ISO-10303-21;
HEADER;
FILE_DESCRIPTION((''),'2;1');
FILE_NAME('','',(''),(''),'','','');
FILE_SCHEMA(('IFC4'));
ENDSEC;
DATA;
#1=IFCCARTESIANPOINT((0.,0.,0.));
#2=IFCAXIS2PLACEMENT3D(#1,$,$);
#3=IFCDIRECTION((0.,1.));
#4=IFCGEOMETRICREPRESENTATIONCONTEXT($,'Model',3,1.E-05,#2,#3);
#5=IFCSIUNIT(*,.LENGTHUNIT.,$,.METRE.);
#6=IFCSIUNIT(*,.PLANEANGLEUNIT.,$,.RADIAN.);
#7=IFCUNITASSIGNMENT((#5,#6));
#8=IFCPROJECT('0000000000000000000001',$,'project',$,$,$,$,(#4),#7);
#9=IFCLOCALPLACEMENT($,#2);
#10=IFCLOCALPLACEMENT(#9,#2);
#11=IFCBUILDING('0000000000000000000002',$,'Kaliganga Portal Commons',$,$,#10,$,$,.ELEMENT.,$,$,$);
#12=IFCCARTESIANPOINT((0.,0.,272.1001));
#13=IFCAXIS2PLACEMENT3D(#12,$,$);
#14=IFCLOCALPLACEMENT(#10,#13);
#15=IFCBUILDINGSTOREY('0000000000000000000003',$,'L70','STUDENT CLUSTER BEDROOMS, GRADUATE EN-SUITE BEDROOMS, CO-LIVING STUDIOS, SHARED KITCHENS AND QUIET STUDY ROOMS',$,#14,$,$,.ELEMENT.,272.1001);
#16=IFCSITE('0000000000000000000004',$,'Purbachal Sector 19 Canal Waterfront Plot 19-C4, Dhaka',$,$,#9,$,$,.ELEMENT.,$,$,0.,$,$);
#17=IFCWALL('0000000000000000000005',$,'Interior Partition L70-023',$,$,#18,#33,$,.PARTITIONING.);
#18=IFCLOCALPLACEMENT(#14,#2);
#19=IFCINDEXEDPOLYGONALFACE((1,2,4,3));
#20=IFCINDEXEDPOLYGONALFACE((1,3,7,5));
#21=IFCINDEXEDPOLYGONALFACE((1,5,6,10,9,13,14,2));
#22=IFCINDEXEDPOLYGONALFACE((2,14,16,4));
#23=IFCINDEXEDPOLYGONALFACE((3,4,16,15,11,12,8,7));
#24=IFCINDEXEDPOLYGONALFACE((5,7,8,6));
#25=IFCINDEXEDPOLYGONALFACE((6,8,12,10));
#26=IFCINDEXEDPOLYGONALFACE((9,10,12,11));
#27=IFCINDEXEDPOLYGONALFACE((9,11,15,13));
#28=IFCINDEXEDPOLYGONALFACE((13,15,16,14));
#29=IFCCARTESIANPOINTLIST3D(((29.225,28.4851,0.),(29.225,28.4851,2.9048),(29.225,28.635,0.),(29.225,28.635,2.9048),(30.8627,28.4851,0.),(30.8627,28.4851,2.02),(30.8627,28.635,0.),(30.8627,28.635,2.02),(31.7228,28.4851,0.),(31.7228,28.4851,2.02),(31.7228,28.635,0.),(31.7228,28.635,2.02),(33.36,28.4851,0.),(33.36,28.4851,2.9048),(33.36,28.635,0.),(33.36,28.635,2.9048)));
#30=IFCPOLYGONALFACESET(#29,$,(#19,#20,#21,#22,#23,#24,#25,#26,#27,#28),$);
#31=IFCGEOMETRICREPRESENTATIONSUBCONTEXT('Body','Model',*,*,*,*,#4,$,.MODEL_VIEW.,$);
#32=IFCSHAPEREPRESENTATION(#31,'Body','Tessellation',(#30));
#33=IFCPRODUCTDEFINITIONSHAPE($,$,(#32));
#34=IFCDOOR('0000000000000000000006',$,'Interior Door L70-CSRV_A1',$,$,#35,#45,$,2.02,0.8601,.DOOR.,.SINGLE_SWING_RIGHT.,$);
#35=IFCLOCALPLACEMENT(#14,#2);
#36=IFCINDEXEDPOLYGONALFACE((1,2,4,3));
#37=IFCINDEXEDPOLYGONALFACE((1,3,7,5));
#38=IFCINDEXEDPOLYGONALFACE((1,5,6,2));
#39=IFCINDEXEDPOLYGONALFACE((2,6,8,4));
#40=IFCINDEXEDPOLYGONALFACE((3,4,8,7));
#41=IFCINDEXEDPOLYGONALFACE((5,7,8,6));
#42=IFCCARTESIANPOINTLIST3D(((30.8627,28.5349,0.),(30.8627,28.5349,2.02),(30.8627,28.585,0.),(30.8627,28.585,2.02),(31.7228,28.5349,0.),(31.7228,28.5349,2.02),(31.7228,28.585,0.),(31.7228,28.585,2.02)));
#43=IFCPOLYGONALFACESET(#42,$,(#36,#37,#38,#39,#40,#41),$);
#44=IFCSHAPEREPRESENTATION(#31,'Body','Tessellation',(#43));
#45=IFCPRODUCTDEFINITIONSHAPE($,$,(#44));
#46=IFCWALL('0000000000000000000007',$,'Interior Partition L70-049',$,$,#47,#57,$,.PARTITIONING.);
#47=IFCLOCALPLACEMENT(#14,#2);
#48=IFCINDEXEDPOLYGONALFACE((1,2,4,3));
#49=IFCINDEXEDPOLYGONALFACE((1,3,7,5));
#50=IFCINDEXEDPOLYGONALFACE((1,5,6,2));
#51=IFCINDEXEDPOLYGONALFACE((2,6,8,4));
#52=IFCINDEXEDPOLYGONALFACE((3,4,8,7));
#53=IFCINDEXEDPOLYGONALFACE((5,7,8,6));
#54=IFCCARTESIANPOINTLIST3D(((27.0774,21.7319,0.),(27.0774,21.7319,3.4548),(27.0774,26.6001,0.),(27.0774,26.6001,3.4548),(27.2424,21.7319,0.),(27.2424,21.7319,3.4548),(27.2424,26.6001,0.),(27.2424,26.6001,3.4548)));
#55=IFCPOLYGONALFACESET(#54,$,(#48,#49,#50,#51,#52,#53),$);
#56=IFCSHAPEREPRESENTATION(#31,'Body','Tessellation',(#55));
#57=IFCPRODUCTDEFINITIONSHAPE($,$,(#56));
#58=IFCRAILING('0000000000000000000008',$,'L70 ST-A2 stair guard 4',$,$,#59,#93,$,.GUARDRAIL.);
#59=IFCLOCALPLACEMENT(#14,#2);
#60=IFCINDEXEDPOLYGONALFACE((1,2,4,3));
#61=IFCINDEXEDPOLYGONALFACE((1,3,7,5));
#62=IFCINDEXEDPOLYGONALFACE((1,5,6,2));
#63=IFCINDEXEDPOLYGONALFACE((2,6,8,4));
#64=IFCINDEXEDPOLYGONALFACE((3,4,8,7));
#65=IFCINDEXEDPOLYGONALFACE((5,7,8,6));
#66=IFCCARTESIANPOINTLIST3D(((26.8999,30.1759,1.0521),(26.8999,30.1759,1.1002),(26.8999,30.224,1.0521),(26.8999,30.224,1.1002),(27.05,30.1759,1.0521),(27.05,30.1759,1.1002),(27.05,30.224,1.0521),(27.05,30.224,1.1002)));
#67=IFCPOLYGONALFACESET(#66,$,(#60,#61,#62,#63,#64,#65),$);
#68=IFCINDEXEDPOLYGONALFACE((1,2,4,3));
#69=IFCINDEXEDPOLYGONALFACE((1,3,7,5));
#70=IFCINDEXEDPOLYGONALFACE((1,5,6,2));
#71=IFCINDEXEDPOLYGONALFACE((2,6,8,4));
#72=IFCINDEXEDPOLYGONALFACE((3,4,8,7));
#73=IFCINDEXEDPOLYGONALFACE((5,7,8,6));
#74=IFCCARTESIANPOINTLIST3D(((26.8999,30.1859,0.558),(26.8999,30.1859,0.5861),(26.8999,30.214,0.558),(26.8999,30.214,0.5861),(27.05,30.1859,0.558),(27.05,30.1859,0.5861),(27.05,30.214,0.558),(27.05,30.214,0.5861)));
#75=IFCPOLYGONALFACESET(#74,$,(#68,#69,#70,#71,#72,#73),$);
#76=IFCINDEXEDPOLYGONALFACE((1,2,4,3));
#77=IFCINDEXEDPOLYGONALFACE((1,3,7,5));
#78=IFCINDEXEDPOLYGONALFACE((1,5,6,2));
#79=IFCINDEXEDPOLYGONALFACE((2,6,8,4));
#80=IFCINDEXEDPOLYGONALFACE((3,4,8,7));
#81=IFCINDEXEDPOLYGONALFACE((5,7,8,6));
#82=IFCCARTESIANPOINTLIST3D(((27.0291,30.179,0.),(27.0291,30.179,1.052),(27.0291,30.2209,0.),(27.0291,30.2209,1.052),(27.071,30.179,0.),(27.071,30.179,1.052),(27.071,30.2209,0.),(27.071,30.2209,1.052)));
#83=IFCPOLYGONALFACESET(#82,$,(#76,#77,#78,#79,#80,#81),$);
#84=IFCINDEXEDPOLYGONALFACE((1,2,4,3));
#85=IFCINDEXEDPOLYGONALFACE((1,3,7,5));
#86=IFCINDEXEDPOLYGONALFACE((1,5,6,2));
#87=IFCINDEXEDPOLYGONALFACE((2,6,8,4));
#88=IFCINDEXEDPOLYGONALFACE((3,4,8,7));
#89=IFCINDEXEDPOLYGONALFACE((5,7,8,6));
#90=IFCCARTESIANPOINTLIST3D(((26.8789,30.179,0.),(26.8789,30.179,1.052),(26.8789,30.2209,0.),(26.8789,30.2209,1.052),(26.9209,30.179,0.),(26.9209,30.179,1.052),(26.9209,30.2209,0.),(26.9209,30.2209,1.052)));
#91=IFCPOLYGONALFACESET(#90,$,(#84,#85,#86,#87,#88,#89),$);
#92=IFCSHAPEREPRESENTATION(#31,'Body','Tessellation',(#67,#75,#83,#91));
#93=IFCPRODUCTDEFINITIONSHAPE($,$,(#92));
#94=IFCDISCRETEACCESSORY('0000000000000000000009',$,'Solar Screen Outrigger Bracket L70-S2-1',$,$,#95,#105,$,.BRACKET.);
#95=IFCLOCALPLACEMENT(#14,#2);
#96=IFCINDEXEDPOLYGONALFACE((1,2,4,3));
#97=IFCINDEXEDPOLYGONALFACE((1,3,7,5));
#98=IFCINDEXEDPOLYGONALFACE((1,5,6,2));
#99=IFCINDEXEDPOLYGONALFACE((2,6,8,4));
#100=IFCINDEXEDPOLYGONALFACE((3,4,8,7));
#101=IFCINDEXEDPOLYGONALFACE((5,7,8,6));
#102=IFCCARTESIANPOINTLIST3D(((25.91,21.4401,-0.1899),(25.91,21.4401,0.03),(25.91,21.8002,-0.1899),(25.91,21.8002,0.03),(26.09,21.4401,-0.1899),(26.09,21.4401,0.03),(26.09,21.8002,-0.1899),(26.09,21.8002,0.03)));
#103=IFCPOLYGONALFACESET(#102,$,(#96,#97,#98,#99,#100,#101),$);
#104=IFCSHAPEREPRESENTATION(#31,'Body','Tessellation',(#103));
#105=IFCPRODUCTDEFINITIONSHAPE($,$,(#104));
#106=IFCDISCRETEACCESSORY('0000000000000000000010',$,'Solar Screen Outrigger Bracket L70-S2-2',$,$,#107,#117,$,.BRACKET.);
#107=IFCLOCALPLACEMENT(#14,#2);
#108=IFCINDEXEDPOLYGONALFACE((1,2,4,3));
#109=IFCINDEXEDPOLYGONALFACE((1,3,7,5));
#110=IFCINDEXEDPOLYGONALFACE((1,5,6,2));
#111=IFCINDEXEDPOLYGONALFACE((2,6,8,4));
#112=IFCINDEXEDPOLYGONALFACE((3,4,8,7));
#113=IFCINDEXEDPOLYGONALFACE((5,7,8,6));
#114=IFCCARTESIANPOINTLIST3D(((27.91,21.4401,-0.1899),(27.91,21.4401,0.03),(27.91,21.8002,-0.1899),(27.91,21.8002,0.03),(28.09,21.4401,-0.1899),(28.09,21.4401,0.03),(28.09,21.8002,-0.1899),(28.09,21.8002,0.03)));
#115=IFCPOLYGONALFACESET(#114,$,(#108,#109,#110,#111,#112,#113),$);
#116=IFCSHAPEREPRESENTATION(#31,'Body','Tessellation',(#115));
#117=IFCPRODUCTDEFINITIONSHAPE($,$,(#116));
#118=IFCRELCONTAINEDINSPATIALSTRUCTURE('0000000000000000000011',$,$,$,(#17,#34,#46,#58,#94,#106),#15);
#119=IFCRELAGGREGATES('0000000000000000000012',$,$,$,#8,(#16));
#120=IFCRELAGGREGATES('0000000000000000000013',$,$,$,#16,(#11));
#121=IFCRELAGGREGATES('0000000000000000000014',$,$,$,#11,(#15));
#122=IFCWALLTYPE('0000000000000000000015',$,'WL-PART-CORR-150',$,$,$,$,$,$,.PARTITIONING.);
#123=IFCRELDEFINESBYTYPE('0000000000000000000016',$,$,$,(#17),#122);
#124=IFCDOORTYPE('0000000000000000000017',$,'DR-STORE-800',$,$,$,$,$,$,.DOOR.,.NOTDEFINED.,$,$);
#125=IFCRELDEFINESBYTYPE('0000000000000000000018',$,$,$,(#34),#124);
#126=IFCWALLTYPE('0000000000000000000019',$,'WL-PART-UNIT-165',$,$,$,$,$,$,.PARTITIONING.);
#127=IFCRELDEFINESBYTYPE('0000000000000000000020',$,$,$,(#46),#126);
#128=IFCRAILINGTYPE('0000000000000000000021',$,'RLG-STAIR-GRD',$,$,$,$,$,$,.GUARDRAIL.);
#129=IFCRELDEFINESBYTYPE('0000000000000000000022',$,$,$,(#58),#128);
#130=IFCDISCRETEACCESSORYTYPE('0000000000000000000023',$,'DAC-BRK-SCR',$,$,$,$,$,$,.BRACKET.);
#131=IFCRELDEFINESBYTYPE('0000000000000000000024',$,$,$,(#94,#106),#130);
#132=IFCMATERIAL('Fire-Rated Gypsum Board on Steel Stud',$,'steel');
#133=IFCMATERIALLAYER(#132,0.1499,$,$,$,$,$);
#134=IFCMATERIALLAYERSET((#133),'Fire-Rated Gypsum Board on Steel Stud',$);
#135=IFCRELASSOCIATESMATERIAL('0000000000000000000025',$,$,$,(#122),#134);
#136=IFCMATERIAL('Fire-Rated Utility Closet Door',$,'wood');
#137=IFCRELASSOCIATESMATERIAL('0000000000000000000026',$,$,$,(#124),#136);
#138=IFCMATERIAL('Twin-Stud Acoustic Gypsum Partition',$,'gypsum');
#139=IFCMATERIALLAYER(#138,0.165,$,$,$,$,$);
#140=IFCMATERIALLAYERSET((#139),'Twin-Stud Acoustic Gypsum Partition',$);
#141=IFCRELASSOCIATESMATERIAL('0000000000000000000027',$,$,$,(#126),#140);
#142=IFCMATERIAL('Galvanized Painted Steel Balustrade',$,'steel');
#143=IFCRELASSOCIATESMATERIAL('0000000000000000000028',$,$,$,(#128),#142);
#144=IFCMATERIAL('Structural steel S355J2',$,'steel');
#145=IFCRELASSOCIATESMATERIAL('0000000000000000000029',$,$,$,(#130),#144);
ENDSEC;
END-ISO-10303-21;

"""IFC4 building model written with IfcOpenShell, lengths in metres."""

from ifc_helpers import new_model, si_unit, direction, frame, frame_2d, origin, origin_2d, place, context, subcontext, project, spatial, rectangle, extrude, source, transform, mapped, material, layer, layer_set, type_object, element, fill, save


model = new_model("IFC4")

# Units and contexts
model_context = context("Model", 3, precision=1e-05, world=origin(), true_north=direction((0.0, 1.0)))
body_context = subcontext(model_context, "Body", "Model", "MODEL_VIEW")
ifc_project = project(units=[si_unit("LENGTHUNIT", "METRE"), si_unit("PLANEANGLEUNIT", "RADIAN")], contexts=[model_context])

# Site, building, storey
site_placement = place(None, origin())
site = spatial("IfcSite", under=ifc_project, at=site_placement, Name="Purbachal Sector 19 Canal Waterfront Plot 19-C4, Dhaka", CompositionType="ELEMENT", RefElevation=0.0)
building_placement = place(site_placement, origin())
building = spatial("IfcBuilding", under=site, at=building_placement, Name="Kaliganga Portal Commons", CompositionType="ELEMENT")
storey_placement = place(building_placement, frame((0.0, 0.0, 272.1001)))
storey = spatial("IfcBuildingStorey", under=building, at=storey_placement, Name="L70", Description="STUDENT CLUSTER BEDROOMS, GRADUATE EN-SUITE BEDROOMS, CO-LIVING STUDIOS, SHARED KITCHENS AND QUIET STUDY ROOMS", CompositionType="ELEMENT", Elevation=272.1001)

# Shared definitions
ifc_material_1 = material(Name="Structural steel S355J2", Category="steel")

# Wall, opening, door
ifc_material_2 = material(Name="Fire-Rated Gypsum Board on Steel Stud", Category="steel")
ifc_layer_1 = layer(ifc_material_2, 0.1499)
ifc_layer_set_1 = layer_set([ifc_layer_1], Name="Fire-Rated Gypsum Board on Steel Stud")
wall_type_1 = type_object("IfcWallType", Name="WL-PART-CORR-150", PredefinedType="PARTITIONING", material=ifc_layer_set_1)
wall_1_placement = place(storey_placement, frame((29.2251, 28.5601, 0.0), z_axis=(0.0, 0.0, 1.0), x_axis=(1.0, 0.0, 0.0)))
wall_1 = element("IfcWall", 1, at=wall_1_placement, inside=storey, type_object=wall_type_1, Name="Interior Partition L70-023", PredefinedType="PARTITIONING", context=body_context, shape_type="SweptSolid", body=[
    extrude(rectangle(XDim=4.135, YDim=0.1499, at=frame_2d((2.0674, 0.0))), origin(), (0.0, 0.0, 1.0), 2.9048),
])
opening_1_placement = place(wall_1_placement, frame((1.6375, 0.0, 0.0)))
opening_1 = element("IfcOpeningElement", 2, at=opening_1_placement, cuts=wall_1, PredefinedType="OPENING", context=body_context, shape_type="SweptSolid", body=[
    extrude(rectangle(XDim=0.8601, YDim=2.02, at=frame_2d((0.4302, 1.01))), frame((0.0, 0.085, 0.0), z_axis=(0.0, -1.0, 0.0), x_axis=(1.0, 0.0, 0.0)), (0.0, 0.0, 1.0), 0.1699),
])
ifc_material_3 = material(Name="Fire-Rated Utility Closet Door", Category="wood")
door_type_1 = type_object("IfcDoorType", Name="DR-STORE-800", OperationType="NOTDEFINED", PredefinedType="DOOR", material=ifc_material_3)
door_1_placement = place(opening_1_placement, origin())
door_1 = element("IfcDoor", 3, at=door_1_placement, inside=storey, type_object=door_type_1, Name="Interior Door L70-CSRV_A1", OperationType="SINGLE_SWING_RIGHT", OverallHeight=2.02, OverallWidth=0.8601, PredefinedType="DOOR", context=body_context, shape_type="SweptSolid", body=[
    extrude(rectangle(XDim=0.8601, YDim=2.02, at=frame_2d((0.4302, 1.01))), frame((0.0, 0.0249, 0.0), z_axis=(0.0, -1.0, 0.0), x_axis=(1.0, 0.0, 0.0)), (0.0, 0.0, 1.0), 0.05),
])
fill(opening_1, door_1)

# Wall
ifc_material_4 = material(Name="Twin-Stud Acoustic Gypsum Partition", Category="gypsum")
ifc_layer_2 = layer(ifc_material_4, 0.165)
ifc_layer_set_2 = layer_set([ifc_layer_2], Name="Twin-Stud Acoustic Gypsum Partition")
wall_type_2 = type_object("IfcWallType", Name="WL-PART-UNIT-165", PredefinedType="PARTITIONING", material=ifc_layer_set_2)
wall_2_placement = place(storey_placement, frame((27.1599, 21.7319, 0.0), z_axis=(0.0, 0.0, 1.0), x_axis=(0.0, 1.0, 0.0)))
element("IfcWall", 4, at=wall_2_placement, inside=storey, type_object=wall_type_2, Name="Interior Partition L70-049", PredefinedType="PARTITIONING", context=body_context, shape_type="SweptSolid", body=[
    extrude(rectangle(XDim=4.8682, YDim=0.165, at=frame_2d((2.4341, 0.0))), origin(), (0.0, 0.0, 1.0), 3.4548),
])

# Railing
ifc_material_5 = material(Name="Galvanized Painted Steel Balustrade", Category="steel")
railing_type = type_object("IfcRailingType", Name="RLG-STAIR-GRD", PredefinedType="GUARDRAIL", material=ifc_material_5)
railing_placement = place(storey_placement, frame((27.05, 30.2, 0.0)))
element("IfcRailing", 5, at=railing_placement, inside=storey, type_object=railing_type, Name="L70 ST-A2 stair guard 4", PredefinedType="GUARDRAIL", context=body_context, shape_type="SweptSolid", body=[
    extrude(rectangle(XDim=0.0481, YDim=0.0481, at=origin_2d()), frame((0.0, 0.0, 1.0762), z_axis=(-1.0, 0.0, 0.0), x_axis=(0.0, -1.0, 0.0)), (0.0, 0.0, 1.0), 0.1501),
    extrude(rectangle(XDim=0.0281, YDim=0.0281, at=origin_2d()), frame((0.0, 0.0, 0.572), z_axis=(-1.0, 0.0, 0.0), x_axis=(0.0, -1.0, 0.0)), (0.0, 0.0, 1.0), 0.1501),
    extrude(rectangle(XDim=0.042, YDim=0.042, at=origin_2d()), origin(), (0.0, 0.0, 1.0), 1.052),
    extrude(rectangle(XDim=0.042, YDim=0.042, at=origin_2d()), frame((-0.1501, 0.0, 0.0)), (0.0, 0.0, 1.0), 1.052),
])

# Discrete accessories
discrete_accessory_type = type_object("IfcDiscreteAccessoryType", Name="DAC-BRK-SCR", PredefinedType="BRACKET", material=ifc_material_1)
shared_shape_1 = source(origin(), body_context, "Body", "SweptSolid", [
    extrude(rectangle(XDim=0.1799, YDim=0.3601, at=origin_2d()), origin(), (0.0, 0.0, 1.0), 0.22),
])
for number, where, z_axis, x_axis, name in (
    (6, (26.0, 21.6201, -0.1899), (0.0, 0.0, 1.0), (1.0, 0.0, 0.0), "Solar Screen Outrigger Bracket L70-S2-1"),
    (7, (28.0, 21.6201, -0.1899), (0.0, 0.0, 1.0), (1.0, 0.0, 0.0), "Solar Screen Outrigger Bracket L70-S2-2"),
):
    element("IfcDiscreteAccessory", number, at=place(storey_placement, frame(where, z_axis=z_axis, x_axis=x_axis)), inside=storey, type_object=discrete_accessory_type, Name=name, PredefinedType="BRACKET", context=body_context, shape_type="MappedRepresentation", body=[
        mapped(shared_shape_1, transform((0.0, 0.0, 0.0), x_axis=(1.0, 0.0, 0.0), y_axis=(0.0, 1.0, 0.0), z_axis=(0.0, 0.0, 1.0), scale=1.0)),
    ])

save(model, "model.ifc")
